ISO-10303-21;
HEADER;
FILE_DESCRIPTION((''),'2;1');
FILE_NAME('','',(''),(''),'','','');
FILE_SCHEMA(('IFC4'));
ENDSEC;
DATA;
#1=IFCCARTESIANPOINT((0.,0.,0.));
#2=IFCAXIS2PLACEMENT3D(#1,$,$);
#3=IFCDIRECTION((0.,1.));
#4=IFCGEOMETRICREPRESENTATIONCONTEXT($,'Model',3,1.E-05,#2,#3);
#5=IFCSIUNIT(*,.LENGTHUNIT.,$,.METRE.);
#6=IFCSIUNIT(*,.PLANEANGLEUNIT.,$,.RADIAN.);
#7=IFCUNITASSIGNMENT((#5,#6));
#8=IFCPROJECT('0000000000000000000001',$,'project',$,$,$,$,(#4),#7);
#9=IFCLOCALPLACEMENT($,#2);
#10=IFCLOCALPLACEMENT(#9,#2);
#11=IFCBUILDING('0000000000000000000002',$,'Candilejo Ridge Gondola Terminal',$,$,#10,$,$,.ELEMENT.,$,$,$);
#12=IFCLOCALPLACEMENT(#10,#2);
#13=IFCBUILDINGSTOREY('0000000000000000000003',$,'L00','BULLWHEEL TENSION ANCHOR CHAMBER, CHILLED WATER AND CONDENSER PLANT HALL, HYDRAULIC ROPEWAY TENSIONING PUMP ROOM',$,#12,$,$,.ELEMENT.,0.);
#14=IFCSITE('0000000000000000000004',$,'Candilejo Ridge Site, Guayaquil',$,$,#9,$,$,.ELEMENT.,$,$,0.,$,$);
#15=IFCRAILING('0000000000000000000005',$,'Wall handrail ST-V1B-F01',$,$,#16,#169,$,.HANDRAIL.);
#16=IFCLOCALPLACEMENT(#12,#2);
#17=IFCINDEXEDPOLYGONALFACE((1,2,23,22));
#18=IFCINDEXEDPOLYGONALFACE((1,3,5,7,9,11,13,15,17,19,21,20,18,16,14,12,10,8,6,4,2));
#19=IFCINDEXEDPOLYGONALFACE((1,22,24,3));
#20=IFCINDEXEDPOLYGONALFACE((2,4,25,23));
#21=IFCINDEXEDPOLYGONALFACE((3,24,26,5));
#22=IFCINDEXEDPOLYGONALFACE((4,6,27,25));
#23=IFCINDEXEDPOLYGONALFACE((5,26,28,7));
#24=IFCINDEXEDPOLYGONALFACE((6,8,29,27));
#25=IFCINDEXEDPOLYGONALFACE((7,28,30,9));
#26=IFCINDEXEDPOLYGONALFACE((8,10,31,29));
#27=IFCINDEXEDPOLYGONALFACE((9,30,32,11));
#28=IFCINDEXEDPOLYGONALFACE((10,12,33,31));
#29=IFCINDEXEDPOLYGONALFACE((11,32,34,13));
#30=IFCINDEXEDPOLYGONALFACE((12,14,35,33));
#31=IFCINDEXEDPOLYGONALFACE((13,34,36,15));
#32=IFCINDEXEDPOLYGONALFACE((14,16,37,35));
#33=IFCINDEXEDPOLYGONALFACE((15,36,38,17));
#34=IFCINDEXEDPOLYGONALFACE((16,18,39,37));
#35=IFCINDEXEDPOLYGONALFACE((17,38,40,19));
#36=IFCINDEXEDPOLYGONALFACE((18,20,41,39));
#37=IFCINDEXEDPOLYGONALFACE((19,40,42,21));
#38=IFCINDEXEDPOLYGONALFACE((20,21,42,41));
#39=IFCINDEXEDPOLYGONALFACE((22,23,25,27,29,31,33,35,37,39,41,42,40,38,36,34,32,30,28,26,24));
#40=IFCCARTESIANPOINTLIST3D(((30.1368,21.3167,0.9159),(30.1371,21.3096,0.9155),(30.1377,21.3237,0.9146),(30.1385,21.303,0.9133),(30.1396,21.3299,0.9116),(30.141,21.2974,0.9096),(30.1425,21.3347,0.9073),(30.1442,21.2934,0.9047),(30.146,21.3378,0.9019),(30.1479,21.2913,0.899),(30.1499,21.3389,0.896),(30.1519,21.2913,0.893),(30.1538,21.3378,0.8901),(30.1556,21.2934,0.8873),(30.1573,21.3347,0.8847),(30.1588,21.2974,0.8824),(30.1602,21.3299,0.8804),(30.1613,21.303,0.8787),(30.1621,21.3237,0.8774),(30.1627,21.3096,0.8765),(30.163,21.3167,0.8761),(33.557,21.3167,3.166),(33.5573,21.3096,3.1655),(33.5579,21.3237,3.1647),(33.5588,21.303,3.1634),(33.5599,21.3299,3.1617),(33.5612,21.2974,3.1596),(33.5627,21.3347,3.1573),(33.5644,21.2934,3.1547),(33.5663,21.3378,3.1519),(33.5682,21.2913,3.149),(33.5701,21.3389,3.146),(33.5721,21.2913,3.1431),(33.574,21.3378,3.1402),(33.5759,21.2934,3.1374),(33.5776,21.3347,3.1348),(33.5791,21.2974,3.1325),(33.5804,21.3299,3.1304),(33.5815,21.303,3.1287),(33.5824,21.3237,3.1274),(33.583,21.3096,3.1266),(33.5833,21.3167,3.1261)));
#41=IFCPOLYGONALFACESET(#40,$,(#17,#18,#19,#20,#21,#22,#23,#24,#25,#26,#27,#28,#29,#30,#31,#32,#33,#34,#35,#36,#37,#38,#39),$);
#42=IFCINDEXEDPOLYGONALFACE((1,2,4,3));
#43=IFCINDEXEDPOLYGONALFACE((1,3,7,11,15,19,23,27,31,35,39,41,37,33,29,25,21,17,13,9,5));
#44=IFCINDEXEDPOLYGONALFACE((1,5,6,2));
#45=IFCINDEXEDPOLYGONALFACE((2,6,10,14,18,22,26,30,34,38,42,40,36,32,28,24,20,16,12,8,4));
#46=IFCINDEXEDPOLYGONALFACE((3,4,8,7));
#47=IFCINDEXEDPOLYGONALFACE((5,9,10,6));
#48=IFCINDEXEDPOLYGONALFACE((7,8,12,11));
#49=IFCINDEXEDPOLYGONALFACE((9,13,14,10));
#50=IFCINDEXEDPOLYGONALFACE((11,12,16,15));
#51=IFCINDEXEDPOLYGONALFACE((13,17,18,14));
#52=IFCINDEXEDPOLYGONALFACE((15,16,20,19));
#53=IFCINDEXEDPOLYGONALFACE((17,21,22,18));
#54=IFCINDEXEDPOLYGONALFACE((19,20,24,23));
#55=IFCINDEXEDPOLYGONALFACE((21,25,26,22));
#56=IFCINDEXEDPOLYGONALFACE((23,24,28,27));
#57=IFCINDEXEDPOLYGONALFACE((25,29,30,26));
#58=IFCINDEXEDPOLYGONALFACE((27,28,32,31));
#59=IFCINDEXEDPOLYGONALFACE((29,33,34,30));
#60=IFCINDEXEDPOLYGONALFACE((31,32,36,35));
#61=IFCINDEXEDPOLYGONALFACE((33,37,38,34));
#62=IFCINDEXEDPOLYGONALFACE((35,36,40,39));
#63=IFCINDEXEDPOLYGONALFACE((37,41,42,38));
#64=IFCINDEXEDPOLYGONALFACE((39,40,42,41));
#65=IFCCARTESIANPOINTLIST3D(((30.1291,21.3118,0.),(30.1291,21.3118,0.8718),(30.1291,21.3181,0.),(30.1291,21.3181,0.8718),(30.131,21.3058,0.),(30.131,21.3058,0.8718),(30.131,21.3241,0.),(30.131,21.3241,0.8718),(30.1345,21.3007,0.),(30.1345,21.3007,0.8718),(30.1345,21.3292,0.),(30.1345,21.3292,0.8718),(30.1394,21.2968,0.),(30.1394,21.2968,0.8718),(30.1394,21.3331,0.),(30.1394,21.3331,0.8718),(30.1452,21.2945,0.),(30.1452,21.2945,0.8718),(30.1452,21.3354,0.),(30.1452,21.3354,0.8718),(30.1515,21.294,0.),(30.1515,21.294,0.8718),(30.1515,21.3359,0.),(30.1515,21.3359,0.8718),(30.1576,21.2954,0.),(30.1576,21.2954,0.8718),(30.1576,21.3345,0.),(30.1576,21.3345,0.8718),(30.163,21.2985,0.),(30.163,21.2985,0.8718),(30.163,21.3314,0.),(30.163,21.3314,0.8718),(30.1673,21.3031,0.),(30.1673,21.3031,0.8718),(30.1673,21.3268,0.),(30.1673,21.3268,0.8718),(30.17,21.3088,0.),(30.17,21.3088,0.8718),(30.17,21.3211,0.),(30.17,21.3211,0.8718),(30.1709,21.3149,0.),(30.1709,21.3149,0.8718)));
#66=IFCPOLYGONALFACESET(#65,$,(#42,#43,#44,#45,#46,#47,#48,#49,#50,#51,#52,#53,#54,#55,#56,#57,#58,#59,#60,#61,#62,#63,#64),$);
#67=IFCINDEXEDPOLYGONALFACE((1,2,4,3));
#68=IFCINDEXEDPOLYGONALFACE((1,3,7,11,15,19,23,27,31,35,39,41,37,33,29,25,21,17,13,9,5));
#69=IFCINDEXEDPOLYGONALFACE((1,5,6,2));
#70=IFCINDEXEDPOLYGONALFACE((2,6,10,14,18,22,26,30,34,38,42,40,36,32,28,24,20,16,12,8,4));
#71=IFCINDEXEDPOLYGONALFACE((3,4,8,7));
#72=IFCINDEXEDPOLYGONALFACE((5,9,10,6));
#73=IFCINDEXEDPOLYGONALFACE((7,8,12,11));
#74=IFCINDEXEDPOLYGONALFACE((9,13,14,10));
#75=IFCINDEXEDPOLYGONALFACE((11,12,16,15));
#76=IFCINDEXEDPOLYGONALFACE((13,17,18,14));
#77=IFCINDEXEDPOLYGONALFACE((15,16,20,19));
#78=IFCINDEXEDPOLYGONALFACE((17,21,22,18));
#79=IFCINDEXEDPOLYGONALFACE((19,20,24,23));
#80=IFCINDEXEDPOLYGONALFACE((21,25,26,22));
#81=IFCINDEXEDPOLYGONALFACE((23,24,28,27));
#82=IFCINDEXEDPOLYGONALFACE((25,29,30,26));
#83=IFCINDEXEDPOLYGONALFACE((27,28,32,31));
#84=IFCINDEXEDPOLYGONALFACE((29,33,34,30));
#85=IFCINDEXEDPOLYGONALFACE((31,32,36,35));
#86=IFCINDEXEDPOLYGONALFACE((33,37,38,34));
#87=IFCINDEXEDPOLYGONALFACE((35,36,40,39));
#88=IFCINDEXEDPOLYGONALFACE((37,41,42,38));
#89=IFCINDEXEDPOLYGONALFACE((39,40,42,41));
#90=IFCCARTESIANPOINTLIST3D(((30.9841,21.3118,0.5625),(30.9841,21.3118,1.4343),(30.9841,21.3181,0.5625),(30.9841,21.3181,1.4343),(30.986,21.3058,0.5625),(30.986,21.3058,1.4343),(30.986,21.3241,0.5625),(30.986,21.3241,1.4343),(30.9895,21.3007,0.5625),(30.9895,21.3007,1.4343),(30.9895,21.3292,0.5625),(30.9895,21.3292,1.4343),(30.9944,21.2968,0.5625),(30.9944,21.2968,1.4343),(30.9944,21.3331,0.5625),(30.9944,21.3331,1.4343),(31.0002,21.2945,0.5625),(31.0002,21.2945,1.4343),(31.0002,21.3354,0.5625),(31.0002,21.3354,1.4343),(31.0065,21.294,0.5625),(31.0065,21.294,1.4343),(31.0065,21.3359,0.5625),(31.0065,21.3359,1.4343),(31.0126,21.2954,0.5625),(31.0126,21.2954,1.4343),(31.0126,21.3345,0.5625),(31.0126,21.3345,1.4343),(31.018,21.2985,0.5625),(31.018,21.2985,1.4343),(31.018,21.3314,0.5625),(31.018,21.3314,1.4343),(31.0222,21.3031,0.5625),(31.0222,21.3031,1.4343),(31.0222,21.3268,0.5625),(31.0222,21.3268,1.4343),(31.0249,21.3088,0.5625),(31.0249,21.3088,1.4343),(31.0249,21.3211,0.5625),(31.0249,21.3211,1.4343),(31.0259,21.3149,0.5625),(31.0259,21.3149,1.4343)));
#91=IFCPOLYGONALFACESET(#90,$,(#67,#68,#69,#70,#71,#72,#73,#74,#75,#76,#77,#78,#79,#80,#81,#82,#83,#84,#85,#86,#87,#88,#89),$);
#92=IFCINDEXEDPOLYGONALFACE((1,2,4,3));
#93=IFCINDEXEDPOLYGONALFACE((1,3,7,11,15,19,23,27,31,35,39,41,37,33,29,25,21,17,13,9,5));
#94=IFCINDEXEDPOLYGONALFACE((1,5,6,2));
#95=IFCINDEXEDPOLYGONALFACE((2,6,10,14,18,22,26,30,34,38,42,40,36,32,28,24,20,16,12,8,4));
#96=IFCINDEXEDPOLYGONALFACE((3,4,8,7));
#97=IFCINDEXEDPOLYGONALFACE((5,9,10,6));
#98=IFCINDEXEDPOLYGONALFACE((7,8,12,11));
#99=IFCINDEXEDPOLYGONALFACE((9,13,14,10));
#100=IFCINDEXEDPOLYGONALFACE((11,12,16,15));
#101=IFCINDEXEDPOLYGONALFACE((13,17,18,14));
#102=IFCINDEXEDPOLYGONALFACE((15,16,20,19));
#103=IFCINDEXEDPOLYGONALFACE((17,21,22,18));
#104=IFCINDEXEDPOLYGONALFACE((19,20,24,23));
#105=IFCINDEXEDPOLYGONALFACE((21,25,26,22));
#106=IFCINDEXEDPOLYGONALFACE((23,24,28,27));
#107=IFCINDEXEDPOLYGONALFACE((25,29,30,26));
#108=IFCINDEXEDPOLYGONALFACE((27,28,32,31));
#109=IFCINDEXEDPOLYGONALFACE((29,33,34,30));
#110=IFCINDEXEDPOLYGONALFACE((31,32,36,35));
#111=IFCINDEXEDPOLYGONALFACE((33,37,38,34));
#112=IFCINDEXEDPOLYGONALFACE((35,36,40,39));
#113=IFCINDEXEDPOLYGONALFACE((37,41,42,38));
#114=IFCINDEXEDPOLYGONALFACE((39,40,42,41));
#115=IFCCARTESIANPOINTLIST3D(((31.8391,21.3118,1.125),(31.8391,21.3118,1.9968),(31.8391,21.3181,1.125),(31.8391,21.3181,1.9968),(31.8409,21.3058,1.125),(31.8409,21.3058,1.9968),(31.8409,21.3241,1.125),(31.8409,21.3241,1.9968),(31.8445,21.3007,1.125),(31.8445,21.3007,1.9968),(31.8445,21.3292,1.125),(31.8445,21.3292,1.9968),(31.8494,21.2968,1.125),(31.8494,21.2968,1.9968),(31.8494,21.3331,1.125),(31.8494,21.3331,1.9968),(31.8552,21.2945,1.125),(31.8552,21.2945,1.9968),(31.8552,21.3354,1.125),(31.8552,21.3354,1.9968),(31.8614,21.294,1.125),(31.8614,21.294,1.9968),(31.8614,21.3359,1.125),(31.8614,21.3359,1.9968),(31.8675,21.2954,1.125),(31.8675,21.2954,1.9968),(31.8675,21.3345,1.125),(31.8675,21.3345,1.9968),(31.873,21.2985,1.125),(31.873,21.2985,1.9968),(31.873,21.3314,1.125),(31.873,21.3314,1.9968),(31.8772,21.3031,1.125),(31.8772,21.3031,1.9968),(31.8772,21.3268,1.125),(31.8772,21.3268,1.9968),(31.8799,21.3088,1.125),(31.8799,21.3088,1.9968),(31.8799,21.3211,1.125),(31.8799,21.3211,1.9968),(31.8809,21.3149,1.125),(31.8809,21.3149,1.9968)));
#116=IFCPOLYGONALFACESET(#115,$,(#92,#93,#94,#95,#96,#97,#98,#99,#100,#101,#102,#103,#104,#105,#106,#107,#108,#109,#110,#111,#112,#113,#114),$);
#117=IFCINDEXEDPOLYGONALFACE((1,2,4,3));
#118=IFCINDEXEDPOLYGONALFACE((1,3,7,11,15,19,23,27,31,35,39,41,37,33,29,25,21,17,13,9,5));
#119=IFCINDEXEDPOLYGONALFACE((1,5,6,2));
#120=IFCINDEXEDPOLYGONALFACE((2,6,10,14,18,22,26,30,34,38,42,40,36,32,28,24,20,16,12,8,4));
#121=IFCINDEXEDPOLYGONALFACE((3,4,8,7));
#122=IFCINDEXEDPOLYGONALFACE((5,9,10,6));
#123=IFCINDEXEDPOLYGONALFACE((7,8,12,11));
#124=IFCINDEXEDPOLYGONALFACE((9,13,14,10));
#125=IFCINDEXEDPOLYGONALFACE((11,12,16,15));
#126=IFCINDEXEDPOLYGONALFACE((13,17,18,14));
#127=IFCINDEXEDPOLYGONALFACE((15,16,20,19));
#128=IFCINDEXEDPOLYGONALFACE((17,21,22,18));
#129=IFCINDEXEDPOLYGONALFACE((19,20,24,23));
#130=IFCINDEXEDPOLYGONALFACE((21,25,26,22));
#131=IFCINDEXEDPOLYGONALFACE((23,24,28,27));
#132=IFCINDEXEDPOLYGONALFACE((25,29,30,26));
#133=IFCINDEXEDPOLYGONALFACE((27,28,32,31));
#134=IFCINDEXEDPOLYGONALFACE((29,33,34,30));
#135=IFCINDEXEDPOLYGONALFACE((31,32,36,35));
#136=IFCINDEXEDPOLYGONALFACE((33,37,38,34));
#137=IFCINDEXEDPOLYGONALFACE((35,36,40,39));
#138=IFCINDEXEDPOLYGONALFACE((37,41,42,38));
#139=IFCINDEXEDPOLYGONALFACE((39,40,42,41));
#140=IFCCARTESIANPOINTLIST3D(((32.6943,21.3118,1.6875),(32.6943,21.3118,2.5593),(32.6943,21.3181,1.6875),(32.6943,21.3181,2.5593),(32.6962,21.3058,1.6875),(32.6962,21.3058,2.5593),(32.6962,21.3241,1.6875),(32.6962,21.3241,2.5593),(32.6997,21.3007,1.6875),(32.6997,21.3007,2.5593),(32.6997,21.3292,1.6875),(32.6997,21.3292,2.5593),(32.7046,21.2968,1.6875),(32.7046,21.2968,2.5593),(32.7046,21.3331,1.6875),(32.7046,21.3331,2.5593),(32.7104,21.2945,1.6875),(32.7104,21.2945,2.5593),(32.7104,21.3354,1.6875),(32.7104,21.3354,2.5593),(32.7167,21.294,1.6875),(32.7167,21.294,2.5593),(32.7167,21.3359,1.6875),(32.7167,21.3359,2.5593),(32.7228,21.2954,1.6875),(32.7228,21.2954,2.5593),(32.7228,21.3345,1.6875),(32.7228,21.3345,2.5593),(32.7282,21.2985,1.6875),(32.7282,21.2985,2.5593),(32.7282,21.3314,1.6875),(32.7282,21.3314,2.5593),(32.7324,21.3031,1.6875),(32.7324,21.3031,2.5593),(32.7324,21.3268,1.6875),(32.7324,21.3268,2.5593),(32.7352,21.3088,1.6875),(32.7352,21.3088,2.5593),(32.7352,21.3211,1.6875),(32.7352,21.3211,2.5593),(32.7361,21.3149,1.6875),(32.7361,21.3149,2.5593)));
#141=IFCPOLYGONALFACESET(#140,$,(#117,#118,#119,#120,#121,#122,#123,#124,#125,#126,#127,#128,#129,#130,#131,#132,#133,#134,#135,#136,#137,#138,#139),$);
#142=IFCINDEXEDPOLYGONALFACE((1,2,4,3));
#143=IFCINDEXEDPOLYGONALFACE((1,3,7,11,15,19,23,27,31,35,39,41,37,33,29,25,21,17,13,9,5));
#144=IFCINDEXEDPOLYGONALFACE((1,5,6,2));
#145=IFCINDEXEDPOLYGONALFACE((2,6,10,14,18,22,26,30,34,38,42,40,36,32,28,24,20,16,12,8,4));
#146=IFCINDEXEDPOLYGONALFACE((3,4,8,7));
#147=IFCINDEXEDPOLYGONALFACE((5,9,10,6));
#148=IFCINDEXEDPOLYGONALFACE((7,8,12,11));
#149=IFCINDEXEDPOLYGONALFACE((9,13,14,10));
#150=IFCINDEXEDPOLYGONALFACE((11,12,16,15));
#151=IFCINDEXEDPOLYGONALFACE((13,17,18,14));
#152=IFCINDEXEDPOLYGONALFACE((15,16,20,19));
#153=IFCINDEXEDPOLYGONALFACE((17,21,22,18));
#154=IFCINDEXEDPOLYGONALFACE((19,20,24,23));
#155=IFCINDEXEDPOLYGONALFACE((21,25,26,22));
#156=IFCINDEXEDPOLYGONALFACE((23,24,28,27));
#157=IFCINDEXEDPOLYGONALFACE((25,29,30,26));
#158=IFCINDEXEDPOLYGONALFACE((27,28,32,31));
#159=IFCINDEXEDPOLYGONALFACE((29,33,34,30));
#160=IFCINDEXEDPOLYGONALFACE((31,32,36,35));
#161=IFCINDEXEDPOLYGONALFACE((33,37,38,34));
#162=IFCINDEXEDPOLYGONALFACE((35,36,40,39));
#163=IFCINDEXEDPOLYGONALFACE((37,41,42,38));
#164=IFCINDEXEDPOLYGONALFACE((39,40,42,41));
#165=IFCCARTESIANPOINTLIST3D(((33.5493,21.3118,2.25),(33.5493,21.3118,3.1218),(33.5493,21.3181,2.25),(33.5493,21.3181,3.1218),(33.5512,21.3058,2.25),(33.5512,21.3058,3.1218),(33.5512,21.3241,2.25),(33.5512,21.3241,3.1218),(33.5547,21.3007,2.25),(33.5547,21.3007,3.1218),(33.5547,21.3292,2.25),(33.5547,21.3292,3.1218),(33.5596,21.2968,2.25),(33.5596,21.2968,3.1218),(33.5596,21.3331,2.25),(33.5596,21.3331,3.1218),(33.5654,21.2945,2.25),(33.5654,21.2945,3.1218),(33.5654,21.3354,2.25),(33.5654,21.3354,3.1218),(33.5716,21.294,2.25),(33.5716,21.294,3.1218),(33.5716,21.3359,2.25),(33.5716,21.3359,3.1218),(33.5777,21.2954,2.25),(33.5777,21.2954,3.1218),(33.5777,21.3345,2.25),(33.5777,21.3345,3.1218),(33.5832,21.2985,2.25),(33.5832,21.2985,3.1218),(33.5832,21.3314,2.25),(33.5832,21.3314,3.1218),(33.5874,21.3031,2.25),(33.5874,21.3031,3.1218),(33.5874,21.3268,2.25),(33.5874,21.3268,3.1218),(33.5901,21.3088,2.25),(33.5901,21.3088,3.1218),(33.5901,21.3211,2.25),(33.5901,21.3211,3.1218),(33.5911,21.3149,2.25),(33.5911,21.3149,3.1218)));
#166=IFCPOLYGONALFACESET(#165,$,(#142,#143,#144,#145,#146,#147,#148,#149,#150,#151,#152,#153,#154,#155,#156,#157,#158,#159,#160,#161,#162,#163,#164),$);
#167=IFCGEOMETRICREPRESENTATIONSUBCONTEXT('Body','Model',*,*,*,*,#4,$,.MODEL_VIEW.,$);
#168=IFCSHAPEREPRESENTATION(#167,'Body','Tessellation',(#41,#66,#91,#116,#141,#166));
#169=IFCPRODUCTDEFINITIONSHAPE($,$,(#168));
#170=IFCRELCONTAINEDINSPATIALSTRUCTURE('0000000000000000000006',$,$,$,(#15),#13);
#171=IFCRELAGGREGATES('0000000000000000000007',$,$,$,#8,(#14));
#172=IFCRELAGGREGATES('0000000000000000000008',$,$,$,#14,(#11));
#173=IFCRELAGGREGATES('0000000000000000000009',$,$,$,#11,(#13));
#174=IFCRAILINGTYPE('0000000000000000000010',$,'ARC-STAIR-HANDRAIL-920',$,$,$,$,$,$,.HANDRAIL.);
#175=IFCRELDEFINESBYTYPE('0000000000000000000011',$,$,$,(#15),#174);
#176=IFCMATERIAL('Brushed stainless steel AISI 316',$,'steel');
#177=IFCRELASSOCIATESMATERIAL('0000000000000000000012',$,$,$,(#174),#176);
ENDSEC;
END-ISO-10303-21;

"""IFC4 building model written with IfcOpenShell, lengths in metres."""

from ifc_helpers import new_model, si_unit, direction, frame, origin, origin_2d, place, context, subcontext, project, spatial, circle, extrude, material, type_object, element, save


model = new_model("IFC4")

# Units and contexts
model_context = context("Model", 3, precision=1e-05, world=origin(), true_north=direction((0.0, 1.0)))
body_context = subcontext(model_context, "Body", "Model", "MODEL_VIEW")
ifc_project = project(units=[si_unit("LENGTHUNIT", "METRE"), si_unit("PLANEANGLEUNIT", "RADIAN")], contexts=[model_context])

# Site, building, storey
site_placement = place(None, origin())
site = spatial("IfcSite", under=ifc_project, at=site_placement, Name="Candilejo Ridge Site, Guayaquil", CompositionType="ELEMENT", RefElevation=0.0)
building_placement = place(site_placement, origin())
building = spatial("IfcBuilding", under=site, at=building_placement, Name="Candilejo Ridge Gondola Terminal", CompositionType="ELEMENT")
storey_placement = place(building_placement, origin())
storey = spatial("IfcBuildingStorey", under=building, at=storey_placement, Name="L00", Description="BULLWHEEL TENSION ANCHOR CHAMBER, CHILLED WATER AND CONDENSER PLANT HALL, HYDRAULIC ROPEWAY TENSIONING PUMP ROOM", CompositionType="ELEMENT", Elevation=0.0)

# Railing
ifc_material_1 = material(Name="Brushed stainless steel AISI 316", Category="steel")
railing_type_1 = type_object("IfcRailingType", Name="ARC-STAIR-HANDRAIL-920", PredefinedType="HANDRAIL", material=ifc_material_1)
railing_1_placement = place(storey_placement, frame((30.1499, 21.3149, 0.0)))
element("IfcRailing", 1, at=railing_1_placement, inside=storey, type_object=railing_type_1, Name="Wall handrail ST-V1B-F01", PredefinedType="HANDRAIL", context=body_context, shape_type="SweptSolid", body=[
    extrude(circle(Radius=0.0239, at=origin_2d()), frame((0.0, 0.0, 0.896), z_axis=(0.835429, 0.0, 0.549598), x_axis=(0.0, 1.0, 0.0)), (0.0, 0.0, 1.0), 4.094),
    extrude(circle(Radius=0.021, at=origin_2d()), origin(), (0.0, 0.0, 1.0), 0.8718),
    extrude(circle(Radius=0.021, at=origin_2d()), frame((0.855, 0.0, 0.5625)), (0.0, 0.0, 1.0), 0.8718),
    extrude(circle(Radius=0.021, at=origin_2d()), frame((1.71, 0.0, 1.125)), (0.0, 0.0, 1.0), 0.8718),
    extrude(circle(Radius=0.021, at=origin_2d()), frame((2.5652, 0.0, 1.6875)), (0.0, 0.0, 1.0), 0.8718),
    extrude(circle(Radius=0.021, at=origin_2d()), frame((3.4202, 0.0, 2.25)), (0.0, 0.0, 1.0), 0.8718),
])

save(model, "model.ifc")
